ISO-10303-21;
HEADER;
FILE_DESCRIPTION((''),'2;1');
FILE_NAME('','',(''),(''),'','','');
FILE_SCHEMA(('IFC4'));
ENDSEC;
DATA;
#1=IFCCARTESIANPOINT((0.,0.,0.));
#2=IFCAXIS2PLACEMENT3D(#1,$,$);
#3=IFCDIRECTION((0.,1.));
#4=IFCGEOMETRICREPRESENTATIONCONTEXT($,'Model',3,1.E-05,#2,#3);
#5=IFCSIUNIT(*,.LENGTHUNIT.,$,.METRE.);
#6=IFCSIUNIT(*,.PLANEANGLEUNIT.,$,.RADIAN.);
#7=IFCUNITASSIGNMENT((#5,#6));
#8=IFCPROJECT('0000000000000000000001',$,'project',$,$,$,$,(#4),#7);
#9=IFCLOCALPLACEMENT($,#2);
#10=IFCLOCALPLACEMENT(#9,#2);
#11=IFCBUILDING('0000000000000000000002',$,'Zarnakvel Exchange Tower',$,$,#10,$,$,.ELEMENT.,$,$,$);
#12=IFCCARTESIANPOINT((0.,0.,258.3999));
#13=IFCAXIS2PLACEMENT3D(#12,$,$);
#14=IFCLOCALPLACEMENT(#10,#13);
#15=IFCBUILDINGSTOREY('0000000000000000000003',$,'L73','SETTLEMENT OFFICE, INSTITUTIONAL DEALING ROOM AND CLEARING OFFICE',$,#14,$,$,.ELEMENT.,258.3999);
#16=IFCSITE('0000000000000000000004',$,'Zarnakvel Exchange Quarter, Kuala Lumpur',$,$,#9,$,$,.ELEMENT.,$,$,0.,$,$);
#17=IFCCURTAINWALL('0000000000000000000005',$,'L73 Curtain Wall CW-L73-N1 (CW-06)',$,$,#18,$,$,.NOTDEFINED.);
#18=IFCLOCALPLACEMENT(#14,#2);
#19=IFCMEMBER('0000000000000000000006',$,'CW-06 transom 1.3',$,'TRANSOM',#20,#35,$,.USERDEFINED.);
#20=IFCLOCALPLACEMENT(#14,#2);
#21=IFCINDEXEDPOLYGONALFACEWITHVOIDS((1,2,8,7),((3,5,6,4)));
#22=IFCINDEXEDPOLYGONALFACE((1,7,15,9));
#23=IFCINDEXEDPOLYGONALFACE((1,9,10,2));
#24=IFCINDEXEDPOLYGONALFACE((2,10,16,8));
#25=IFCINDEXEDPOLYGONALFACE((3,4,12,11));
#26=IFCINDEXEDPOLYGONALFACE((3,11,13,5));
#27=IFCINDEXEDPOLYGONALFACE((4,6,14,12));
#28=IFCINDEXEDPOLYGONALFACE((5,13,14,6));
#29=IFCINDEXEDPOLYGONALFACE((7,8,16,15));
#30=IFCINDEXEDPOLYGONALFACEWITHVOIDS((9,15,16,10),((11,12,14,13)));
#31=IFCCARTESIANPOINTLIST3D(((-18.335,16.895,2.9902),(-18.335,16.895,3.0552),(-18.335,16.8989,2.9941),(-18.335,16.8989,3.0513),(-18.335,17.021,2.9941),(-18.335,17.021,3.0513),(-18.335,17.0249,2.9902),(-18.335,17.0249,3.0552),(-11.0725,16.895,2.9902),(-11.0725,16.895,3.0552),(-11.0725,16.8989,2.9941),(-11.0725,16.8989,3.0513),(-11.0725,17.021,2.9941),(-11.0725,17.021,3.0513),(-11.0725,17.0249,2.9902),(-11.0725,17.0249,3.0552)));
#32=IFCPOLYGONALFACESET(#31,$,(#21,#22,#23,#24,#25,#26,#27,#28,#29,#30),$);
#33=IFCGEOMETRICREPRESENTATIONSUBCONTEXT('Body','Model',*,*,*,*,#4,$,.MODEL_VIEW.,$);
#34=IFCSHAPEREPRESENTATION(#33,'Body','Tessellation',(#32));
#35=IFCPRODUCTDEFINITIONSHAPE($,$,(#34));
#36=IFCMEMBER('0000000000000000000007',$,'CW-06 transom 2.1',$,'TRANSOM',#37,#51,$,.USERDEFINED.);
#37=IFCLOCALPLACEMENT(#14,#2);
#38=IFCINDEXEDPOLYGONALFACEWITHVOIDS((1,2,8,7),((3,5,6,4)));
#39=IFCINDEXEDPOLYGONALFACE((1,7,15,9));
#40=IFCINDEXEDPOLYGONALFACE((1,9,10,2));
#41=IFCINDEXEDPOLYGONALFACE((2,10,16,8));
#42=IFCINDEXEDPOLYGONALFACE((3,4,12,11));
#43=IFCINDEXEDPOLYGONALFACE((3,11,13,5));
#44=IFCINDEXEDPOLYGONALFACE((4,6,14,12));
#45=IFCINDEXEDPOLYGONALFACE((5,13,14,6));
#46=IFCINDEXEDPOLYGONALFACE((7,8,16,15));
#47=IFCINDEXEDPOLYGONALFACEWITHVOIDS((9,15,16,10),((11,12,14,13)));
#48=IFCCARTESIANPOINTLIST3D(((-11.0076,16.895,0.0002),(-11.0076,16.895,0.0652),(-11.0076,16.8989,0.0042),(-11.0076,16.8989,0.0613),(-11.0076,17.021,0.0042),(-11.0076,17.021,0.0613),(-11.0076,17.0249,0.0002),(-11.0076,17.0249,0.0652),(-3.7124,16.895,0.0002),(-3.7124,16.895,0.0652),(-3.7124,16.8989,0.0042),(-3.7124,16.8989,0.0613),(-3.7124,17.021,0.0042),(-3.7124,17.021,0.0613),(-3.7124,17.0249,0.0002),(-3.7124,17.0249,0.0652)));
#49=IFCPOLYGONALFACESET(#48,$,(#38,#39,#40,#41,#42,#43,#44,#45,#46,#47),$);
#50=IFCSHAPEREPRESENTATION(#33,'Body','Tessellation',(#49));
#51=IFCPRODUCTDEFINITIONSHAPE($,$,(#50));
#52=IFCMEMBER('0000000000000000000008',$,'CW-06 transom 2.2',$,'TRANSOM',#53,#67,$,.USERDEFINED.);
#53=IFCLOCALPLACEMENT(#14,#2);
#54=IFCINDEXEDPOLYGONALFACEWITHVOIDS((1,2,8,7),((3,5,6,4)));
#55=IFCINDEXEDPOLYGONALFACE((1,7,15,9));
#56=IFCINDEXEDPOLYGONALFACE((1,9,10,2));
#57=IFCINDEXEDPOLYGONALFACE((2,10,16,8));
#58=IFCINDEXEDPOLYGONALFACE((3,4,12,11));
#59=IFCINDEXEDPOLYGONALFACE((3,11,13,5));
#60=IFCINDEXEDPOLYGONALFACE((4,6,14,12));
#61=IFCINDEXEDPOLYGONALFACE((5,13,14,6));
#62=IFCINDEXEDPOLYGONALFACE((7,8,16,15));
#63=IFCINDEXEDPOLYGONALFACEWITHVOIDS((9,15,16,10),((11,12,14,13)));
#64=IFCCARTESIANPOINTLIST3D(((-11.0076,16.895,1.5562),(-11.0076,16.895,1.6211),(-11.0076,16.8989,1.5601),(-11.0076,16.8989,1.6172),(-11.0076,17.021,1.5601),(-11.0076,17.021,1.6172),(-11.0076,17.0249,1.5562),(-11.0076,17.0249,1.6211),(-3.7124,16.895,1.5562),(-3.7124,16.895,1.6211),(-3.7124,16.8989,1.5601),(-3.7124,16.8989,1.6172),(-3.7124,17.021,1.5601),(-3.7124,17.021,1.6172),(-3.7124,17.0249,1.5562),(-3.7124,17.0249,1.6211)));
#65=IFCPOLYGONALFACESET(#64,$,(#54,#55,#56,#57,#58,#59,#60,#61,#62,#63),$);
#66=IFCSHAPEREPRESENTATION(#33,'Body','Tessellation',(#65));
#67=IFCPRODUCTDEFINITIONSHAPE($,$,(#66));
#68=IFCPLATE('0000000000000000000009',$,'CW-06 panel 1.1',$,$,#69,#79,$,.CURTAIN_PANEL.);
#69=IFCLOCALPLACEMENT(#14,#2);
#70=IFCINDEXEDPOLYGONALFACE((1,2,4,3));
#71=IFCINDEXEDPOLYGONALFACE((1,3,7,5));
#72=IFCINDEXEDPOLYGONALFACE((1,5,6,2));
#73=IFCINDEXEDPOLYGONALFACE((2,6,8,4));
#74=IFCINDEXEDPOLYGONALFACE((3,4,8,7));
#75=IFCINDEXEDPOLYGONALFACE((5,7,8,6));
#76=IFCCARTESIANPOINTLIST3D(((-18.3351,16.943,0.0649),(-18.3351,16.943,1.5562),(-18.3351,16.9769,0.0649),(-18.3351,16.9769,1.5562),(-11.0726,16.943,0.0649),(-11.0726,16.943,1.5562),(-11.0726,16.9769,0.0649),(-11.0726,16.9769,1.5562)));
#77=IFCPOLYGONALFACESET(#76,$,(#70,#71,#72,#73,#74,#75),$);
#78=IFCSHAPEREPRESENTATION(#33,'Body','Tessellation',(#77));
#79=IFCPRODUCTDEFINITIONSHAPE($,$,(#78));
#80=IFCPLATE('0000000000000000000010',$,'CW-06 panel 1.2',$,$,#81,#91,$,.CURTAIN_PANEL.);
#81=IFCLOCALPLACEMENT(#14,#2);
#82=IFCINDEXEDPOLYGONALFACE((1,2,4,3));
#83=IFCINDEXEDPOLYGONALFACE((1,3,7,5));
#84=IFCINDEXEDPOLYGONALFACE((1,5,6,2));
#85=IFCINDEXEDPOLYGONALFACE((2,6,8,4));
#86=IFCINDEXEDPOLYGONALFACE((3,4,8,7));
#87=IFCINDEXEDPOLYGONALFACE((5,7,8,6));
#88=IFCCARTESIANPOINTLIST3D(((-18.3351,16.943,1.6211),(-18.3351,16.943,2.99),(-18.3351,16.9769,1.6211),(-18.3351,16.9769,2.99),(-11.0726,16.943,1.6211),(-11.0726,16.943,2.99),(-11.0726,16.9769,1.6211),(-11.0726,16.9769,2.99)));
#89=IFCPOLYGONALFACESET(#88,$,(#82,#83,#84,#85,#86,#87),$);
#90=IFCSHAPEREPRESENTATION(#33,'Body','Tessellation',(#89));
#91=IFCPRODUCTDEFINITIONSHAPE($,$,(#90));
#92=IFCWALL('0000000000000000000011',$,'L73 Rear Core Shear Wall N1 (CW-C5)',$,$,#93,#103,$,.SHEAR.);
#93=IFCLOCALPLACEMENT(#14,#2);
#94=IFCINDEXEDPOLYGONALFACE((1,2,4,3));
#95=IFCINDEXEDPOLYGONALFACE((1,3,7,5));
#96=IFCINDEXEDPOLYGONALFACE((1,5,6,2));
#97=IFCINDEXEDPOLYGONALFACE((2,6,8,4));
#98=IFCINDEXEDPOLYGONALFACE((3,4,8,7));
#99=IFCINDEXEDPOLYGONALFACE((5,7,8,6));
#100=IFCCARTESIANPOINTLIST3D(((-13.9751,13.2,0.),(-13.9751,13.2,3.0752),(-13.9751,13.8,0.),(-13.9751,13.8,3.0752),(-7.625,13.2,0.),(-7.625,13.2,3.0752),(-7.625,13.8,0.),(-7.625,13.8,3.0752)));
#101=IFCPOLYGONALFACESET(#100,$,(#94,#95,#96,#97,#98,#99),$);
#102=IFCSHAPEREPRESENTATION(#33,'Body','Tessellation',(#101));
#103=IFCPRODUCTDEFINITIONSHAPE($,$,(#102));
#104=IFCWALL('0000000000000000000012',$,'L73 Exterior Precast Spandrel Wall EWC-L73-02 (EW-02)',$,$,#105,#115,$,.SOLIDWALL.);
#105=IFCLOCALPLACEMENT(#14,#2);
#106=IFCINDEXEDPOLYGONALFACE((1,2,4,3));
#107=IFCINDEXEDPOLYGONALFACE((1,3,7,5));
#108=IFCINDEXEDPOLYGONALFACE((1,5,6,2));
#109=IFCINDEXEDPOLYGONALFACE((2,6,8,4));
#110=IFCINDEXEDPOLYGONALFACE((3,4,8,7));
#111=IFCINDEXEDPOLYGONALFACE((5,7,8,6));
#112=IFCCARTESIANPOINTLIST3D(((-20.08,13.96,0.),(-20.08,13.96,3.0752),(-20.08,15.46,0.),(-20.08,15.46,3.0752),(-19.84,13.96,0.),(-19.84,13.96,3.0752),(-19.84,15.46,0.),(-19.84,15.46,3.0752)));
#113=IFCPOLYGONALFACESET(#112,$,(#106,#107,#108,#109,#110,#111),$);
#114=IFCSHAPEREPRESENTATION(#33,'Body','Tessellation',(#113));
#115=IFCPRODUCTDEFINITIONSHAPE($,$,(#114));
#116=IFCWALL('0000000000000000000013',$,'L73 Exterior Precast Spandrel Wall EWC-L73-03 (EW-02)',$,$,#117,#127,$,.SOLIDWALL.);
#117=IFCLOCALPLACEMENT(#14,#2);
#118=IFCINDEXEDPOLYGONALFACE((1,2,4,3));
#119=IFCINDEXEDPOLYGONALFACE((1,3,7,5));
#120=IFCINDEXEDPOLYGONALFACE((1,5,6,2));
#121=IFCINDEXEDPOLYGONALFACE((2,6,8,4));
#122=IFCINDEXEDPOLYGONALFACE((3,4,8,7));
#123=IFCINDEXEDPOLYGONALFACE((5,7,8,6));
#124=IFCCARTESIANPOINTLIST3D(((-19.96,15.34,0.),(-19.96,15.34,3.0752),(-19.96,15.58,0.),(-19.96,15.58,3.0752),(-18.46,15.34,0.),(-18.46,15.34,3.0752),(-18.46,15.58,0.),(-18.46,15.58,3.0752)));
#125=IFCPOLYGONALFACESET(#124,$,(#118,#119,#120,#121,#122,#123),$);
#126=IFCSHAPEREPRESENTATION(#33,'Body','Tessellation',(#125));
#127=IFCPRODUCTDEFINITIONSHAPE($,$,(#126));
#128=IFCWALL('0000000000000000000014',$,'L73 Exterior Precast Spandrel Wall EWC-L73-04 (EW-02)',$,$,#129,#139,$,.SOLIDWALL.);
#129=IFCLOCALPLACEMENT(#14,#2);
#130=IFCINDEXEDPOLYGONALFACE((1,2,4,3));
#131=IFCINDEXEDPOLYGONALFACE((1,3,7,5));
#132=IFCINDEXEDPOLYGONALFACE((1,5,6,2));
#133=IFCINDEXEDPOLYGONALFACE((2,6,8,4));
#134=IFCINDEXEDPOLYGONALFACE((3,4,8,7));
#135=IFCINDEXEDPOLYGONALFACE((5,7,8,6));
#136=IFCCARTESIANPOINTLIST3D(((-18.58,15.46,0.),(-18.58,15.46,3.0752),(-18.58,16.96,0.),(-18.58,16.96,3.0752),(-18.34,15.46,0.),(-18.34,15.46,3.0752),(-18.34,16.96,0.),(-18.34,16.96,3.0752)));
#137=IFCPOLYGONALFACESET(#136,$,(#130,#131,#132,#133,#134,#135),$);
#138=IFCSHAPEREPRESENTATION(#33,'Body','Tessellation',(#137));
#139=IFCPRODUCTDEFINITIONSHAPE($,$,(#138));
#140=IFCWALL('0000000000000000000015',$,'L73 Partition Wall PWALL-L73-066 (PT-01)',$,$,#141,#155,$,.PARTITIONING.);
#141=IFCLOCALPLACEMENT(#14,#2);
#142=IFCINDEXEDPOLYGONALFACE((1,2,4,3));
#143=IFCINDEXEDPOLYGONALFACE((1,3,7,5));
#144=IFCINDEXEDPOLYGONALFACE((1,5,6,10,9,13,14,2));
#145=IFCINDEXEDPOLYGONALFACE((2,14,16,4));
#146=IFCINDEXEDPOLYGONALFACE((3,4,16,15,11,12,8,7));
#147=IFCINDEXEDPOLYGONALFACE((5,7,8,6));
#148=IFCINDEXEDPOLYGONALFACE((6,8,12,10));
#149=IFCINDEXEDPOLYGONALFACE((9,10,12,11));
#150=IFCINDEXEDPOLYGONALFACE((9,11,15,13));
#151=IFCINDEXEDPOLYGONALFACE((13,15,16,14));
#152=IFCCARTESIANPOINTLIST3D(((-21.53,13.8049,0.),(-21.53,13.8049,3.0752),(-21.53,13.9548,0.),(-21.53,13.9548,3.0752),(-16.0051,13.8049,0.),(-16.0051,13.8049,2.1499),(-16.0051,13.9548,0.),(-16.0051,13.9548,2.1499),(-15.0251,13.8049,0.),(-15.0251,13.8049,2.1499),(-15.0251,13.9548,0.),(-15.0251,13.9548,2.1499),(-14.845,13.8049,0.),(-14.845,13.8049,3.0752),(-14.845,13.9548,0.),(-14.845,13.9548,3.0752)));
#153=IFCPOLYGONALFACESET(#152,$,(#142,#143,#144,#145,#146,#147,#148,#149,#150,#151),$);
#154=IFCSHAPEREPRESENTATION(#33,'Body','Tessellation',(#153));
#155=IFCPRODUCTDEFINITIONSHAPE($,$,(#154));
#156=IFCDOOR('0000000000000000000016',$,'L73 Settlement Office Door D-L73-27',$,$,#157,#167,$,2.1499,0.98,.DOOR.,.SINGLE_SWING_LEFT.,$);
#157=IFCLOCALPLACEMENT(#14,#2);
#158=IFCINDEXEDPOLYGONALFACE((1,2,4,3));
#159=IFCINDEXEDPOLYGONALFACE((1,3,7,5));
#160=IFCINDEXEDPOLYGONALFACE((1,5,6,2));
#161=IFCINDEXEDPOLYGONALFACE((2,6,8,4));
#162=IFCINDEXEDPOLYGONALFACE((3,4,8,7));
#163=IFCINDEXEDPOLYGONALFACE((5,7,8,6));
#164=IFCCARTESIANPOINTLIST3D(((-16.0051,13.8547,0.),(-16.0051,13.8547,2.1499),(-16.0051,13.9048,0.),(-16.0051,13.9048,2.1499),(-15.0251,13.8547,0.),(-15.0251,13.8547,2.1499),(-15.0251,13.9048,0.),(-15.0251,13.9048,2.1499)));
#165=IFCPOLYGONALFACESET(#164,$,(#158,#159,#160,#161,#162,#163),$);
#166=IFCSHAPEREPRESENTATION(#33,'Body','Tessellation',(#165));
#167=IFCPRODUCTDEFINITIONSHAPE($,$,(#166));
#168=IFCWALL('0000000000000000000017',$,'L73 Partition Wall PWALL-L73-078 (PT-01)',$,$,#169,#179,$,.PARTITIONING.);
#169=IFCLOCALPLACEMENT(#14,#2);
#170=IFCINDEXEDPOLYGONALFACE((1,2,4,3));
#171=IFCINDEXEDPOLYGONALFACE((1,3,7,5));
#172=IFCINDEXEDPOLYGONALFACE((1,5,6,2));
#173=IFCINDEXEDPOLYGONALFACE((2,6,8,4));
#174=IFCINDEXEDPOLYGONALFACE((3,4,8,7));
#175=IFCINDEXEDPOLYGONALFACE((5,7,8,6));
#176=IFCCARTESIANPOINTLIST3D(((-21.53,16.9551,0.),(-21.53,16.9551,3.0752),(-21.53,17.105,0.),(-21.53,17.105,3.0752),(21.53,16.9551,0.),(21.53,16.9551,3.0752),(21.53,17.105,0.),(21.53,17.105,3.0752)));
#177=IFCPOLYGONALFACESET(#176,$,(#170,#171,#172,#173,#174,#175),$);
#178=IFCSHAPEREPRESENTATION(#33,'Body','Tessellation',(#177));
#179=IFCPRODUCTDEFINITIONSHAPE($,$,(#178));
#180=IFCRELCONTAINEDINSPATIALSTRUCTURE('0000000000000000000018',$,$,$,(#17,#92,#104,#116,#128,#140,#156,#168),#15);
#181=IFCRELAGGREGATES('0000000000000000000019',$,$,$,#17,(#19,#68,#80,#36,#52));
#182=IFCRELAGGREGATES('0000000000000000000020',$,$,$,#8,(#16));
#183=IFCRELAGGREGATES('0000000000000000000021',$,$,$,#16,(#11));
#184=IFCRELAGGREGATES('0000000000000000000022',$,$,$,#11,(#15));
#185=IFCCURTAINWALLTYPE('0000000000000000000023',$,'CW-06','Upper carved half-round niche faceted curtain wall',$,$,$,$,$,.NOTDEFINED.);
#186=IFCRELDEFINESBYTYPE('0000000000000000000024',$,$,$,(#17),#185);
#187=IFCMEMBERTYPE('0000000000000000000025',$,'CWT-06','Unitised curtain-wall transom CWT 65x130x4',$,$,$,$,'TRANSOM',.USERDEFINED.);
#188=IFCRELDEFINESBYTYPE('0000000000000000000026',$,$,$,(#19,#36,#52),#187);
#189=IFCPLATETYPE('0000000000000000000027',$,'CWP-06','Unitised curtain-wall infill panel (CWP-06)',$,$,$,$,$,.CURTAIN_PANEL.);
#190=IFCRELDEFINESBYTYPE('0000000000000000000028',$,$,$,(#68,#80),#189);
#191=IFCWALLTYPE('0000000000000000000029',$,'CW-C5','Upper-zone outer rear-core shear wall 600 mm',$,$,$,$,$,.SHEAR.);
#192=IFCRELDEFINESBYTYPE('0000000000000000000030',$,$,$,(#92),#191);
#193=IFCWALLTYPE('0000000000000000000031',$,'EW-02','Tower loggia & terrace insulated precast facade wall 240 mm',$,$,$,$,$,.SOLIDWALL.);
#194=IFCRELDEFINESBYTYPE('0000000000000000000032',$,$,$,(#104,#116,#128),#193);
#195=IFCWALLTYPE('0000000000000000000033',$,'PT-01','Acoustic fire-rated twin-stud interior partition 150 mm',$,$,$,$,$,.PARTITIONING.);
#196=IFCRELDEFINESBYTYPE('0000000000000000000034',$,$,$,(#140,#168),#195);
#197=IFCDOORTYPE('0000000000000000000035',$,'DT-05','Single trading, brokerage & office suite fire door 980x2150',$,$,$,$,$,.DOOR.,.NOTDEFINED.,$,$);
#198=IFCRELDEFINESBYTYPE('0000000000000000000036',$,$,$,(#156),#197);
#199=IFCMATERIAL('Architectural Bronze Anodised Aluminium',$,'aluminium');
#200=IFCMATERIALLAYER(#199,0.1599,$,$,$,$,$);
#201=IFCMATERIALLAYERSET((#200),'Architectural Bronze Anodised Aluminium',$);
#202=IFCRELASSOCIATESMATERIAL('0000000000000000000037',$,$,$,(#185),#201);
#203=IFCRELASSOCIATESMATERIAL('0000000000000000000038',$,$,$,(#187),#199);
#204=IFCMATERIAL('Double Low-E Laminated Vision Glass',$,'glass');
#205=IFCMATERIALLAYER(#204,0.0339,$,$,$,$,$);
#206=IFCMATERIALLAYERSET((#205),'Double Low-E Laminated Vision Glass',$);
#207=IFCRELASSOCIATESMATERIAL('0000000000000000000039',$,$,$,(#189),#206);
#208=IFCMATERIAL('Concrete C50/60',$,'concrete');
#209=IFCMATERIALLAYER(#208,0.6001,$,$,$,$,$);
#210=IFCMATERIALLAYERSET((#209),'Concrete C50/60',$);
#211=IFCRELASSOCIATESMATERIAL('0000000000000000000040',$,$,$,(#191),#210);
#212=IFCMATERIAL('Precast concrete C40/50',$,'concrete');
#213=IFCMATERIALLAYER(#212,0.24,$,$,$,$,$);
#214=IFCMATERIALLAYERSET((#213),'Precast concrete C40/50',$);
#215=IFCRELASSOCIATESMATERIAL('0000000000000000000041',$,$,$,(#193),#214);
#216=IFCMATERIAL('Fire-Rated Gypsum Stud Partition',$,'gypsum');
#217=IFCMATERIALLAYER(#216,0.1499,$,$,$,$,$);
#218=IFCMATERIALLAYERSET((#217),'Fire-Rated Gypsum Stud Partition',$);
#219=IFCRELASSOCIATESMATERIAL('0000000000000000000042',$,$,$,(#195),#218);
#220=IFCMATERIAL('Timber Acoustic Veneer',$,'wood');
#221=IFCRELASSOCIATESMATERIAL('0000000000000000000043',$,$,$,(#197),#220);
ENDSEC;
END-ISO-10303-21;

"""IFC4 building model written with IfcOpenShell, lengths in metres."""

from ifc_helpers import new_model, si_unit, direction, frame, frame_2d, origin, origin_2d, place, context, subcontext, project, spatial, rectangle, hollow_rectangle, extrude, source, transform, mapped, material, layer, layer_set, material_profile, profile_set, type_object, element, fill, aggregate, save


model = new_model("IFC4")

# Units and contexts
model_context = context("Model", 3, precision=1e-05, world=origin(), true_north=direction((0.0, 1.0)))
body_context = subcontext(model_context, "Body", "Model", "MODEL_VIEW")
ifc_project = project(units=[si_unit("LENGTHUNIT", "METRE"), si_unit("PLANEANGLEUNIT", "RADIAN")], contexts=[model_context])

# Site, building, storey
site_placement = place(None, origin())
site = spatial("IfcSite", under=ifc_project, at=site_placement, Name="Zarnakvel Exchange Quarter, Kuala Lumpur", CompositionType="ELEMENT", RefElevation=0.0)
building_placement = place(site_placement, origin())
building = spatial("IfcBuilding", under=site, at=building_placement, Name="Zarnakvel Exchange Tower", CompositionType="ELEMENT")
storey_placement = place(building_placement, frame((0.0, 0.0, 258.3999)))
storey = spatial("IfcBuildingStorey", under=building, at=storey_placement, Name="L73", Description="SETTLEMENT OFFICE, INSTITUTIONAL DEALING ROOM AND CLEARING OFFICE", CompositionType="ELEMENT", Elevation=258.3999)

# Shared definitions
ifc_material_1 = material(Name="Concrete C50/60", Category="concrete")

# Shared definitions
ifc_material_2 = material(Name="Architectural Bronze Anodised Aluminium", Category="aluminium")

# Curtain wall, members, plates
ifc_layer_1 = layer(ifc_material_2, 0.1599)
ifc_layer_set_1 = layer_set([ifc_layer_1], Name="Architectural Bronze Anodised Aluminium")
curtain_wall_type_1 = type_object("IfcCurtainWallType", Name="CW-06", Description="Upper carved half-round niche faceted curtain wall", PredefinedType="NOTDEFINED", material=ifc_layer_set_1)
curtain_wall_1_placement = place(storey_placement, origin())
curtain_wall_1 = element("IfcCurtainWall", 1, at=curtain_wall_1_placement, inside=storey, type_object=curtain_wall_type_1, Name="L73 Curtain Wall CW-L73-N1 (CW-06)", PredefinedType="NOTDEFINED")
ifc_material_profile_1 = material_profile(ifc_material_2, hollow_rectangle(XDim=0.1299, YDim=0.0649, WallThickness=0.0039, at=origin_2d()))
ifc_profile_set_1 = profile_set([ifc_material_profile_1], Name="Architectural Bronze Anodised Aluminium")
member_type_1 = type_object("IfcMemberType", Name="CWT-06", Description="Unitised curtain-wall transom CWT 65x130x4", ElementType="TRANSOM", PredefinedType="USERDEFINED", material=ifc_profile_set_1)
shared_shape_1 = source(origin(), body_context, "Body", "SweptSolid", [
    extrude(hollow_rectangle(XDim=0.1299, YDim=0.0649, WallThickness=0.0039, at=origin_2d()), origin(), (0.0, 0.0, 1.0), 7.2625),
])
member_1_placement = place(storey_placement, frame((-18.335, 16.96, 3.0227), z_axis=(1.0, 0.0, 0.0), x_axis=(0.0, 1.0, 0.0)))
member_1 = element("IfcMember", 2, at=member_1_placement, type_object=member_type_1, Name="CW-06 transom 1.3", ObjectType="TRANSOM", PredefinedType="USERDEFINED", context=body_context, shape_type="MappedRepresentation", body=[
    mapped(shared_shape_1, transform((0.0, 0.0, 0.0), x_axis=(1.0, 0.0, 0.0), y_axis=(0.0, 1.0, 0.0), z_axis=(0.0, 0.0, 1.0), scale=1.0)),
])
shared_shape_2 = source(origin(), body_context, "Body", "SweptSolid", [
    extrude(hollow_rectangle(XDim=0.1299, YDim=0.0649, WallThickness=0.0039, at=origin_2d()), origin(), (0.0, 0.0, 1.0), 7.2952),
])
member_2_placement = place(storey_placement, frame((-11.0076, 16.96, 0.0327), z_axis=(1.0, 0.0, 0.0), x_axis=(0.0, 1.0, 0.0)))
member_2 = element("IfcMember", 3, at=member_2_placement, type_object=member_type_1, Name="CW-06 transom 2.1", ObjectType="TRANSOM", PredefinedType="USERDEFINED", context=body_context, shape_type="MappedRepresentation", body=[
    mapped(shared_shape_2, transform((0.0, 0.0, 0.0), x_axis=(1.0, 0.0, 0.0), y_axis=(0.0, 1.0, 0.0), z_axis=(0.0, 0.0, 1.0), scale=1.0)),
])
member_3_placement = place(storey_placement, frame((-11.0076, 16.96, 1.5886), z_axis=(1.0, 0.0, 0.0), x_axis=(0.0, 1.0, 0.0)))
member_3 = element("IfcMember", 4, at=member_3_placement, type_object=member_type_1, Name="CW-06 transom 2.2", ObjectType="TRANSOM", PredefinedType="USERDEFINED", context=body_context, shape_type="MappedRepresentation", body=[
    mapped(shared_shape_2, transform((0.0, 0.0, 0.0), x_axis=(1.0, 0.0, 0.0), y_axis=(0.0, 1.0, 0.0), z_axis=(0.0, 0.0, 1.0), scale=1.0)),
])
ifc_material_3 = material(Name="Double Low-E Laminated Vision Glass", Category="glass")
ifc_layer_2 = layer(ifc_material_3, 0.0339)
ifc_layer_set_2 = layer_set([ifc_layer_2], Name="Double Low-E Laminated Vision Glass")
plate_type = type_object("IfcPlateType", Name="CWP-06", Description="Unitised curtain-wall infill panel (CWP-06)", PredefinedType="CURTAIN_PANEL", material=ifc_layer_set_2)
shared_shape_3 = source(origin(), body_context, "Body", "SweptSolid", [
    extrude(rectangle(XDim=7.2625, YDim=0.0339, at=origin_2d()), origin(), (0.0, 0.0, 1.0), 1.4912),
])
plate_1_placement = place(storey_placement, frame((-14.7039, 16.96, 0.0649), z_axis=(0.0, 0.0, 1.0), x_axis=(1.0, 0.0, 0.0)))
plate_1 = element("IfcPlate", 5, at=plate_1_placement, type_object=plate_type, Name="CW-06 panel 1.1", PredefinedType="CURTAIN_PANEL", context=body_context, shape_type="MappedRepresentation", body=[
    mapped(shared_shape_3, transform((0.0, 0.0, 0.0), x_axis=(1.0, 0.0, 0.0), y_axis=(0.0, 1.0, 0.0), z_axis=(0.0, 0.0, 1.0), scale=1.0)),
])
shared_shape_4 = source(origin(), body_context, "Body", "SweptSolid", [
    extrude(rectangle(XDim=7.2625, YDim=0.0339, at=origin_2d()), origin(), (0.0, 0.0, 1.0), 1.3689),
])
plate_2_placement = place(storey_placement, frame((-14.7039, 16.96, 1.6211), z_axis=(0.0, 0.0, 1.0), x_axis=(1.0, 0.0, 0.0)))
plate_2 = element("IfcPlate", 6, at=plate_2_placement, type_object=plate_type, Name="CW-06 panel 1.2", PredefinedType="CURTAIN_PANEL", context=body_context, shape_type="MappedRepresentation", body=[
    mapped(shared_shape_4, transform((0.0, 0.0, 0.0), x_axis=(1.0, 0.0, 0.0), y_axis=(0.0, 1.0, 0.0), z_axis=(0.0, 0.0, 1.0), scale=1.0)),
])
aggregate(curtain_wall_1, [member_1, plate_1, plate_2, member_2, member_3])

# Walls
ifc_layer_3 = layer(ifc_material_1, 0.6001)
ifc_layer_set_3 = layer_set([ifc_layer_3], Name="Concrete C50/60")
wall_type_1 = type_object("IfcWallType", Name="CW-C5", Description="Upper-zone outer rear-core shear wall 600 mm", PredefinedType="SHEAR", material=ifc_layer_set_3)
wall_1_placement = place(storey_placement, frame((-13.9751, 13.5, 0.0), z_axis=(0.0, 0.0, 1.0), x_axis=(1.0, 0.0, 0.0)))
element("IfcWall", 7, at=wall_1_placement, inside=storey, type_object=wall_type_1, Name="L73 Rear Core Shear Wall N1 (CW-C5)", PredefinedType="SHEAR", context=body_context, shape_type="SweptSolid", body=[
    extrude(rectangle(XDim=6.3501, YDim=0.6001, at=frame_2d((3.175, 0.0))), origin(), (0.0, 0.0, 1.0), 3.0752),
])
ifc_material_4 = material(Name="Precast concrete C40/50", Category="concrete")
ifc_layer_4 = layer(ifc_material_4, 0.24)
ifc_layer_set_4 = layer_set([ifc_layer_4], Name="Precast concrete C40/50")
wall_type_2 = type_object("IfcWallType", Name="EW-02", Description="Tower loggia & terrace insulated precast facade wall 240 mm", PredefinedType="SOLIDWALL", material=ifc_layer_set_4)
for number, where, z_axis, x_axis, name in (
    (8, (-19.96, 15.46, 0.0), (0.0, 0.0, 1.0), (0.0, -1.0, 0.0), "L73 Exterior Precast Spandrel Wall EWC-L73-02 (EW-02)"),
    (9, (-18.46, 15.46, 0.0), (0.0, 0.0, 1.0), (-1.0, 0.0, 0.0), "L73 Exterior Precast Spandrel Wall EWC-L73-03 (EW-02)"),
    (10, (-18.46, 16.96, 0.0), (0.0, 0.0, 1.0), (0.0, -1.0, 0.0), "L73 Exterior Precast Spandrel Wall EWC-L73-04 (EW-02)"),
):
    element("IfcWall", number, at=place(storey_placement, frame(where, z_axis=z_axis, x_axis=x_axis)), inside=storey, type_object=wall_type_2, Name=name, PredefinedType="SOLIDWALL", context=body_context, shape_type="SweptSolid", body=[
        extrude(rectangle(XDim=1.5, YDim=0.24, at=frame_2d((0.75, 0.0))), origin(), (0.0, 0.0, 1.0), 3.0752),
    ])

# Wall, opening, door
ifc_material_5 = material(Name="Fire-Rated Gypsum Stud Partition", Category="gypsum")
ifc_layer_5 = layer(ifc_material_5, 0.1499)
ifc_layer_set_5 = layer_set([ifc_layer_5], Name="Fire-Rated Gypsum Stud Partition")
wall_type_3 = type_object("IfcWallType", Name="PT-01", Description="Acoustic fire-rated twin-stud interior partition 150 mm", PredefinedType="PARTITIONING", material=ifc_layer_set_5)
wall_2_placement = place(storey_placement, frame((-21.53, 13.8799, 0.0), z_axis=(0.0, 0.0, 1.0), x_axis=(1.0, 0.0, 0.0)))
wall_2 = element("IfcWall", 11, at=wall_2_placement, inside=storey, type_object=wall_type_3, Name="L73 Partition Wall PWALL-L73-066 (PT-01)", PredefinedType="PARTITIONING", context=body_context, shape_type="SweptSolid", body=[
    extrude(rectangle(XDim=6.6851, YDim=0.1499, at=frame_2d((3.3425, 0.0))), origin(), (0.0, 0.0, 1.0), 3.0752),
])
opening_placement = place(wall_2_placement, frame((5.5249, 0.0, 0.0)))
opening = element("IfcOpeningElement", 12, at=opening_placement, cuts=wall_2, PredefinedType="OPENING", context=body_context, shape_type="SweptSolid", body=[
    extrude(rectangle(XDim=0.98, YDim=2.1499, at=frame_2d((0.49, 1.075))), frame((0.0, 0.085, 0.0), z_axis=(0.0, -1.0, 0.0), x_axis=(1.0, 0.0, 0.0)), (0.0, 0.0, 1.0), 0.1699),
])
ifc_material_6 = material(Name="Timber Acoustic Veneer", Category="wood")
door_type = type_object("IfcDoorType", Name="DT-05", Description="Single trading, brokerage & office suite fire door 980x2150", OperationType="NOTDEFINED", PredefinedType="DOOR", material=ifc_material_6)
shared_shape_5 = source(origin(), body_context, "Body", "SweptSolid", [
    extrude(rectangle(XDim=0.98, YDim=2.1499, at=frame_2d((0.49, 1.075))), frame((0.0, 0.0249, 0.0), z_axis=(0.0, -1.0, 0.0), x_axis=(1.0, 0.0, 0.0)), (0.0, 0.0, 1.0), 0.05),
])
door_placement = place(opening_placement, origin())
door = element("IfcDoor", 13, at=door_placement, inside=storey, type_object=door_type, Name="L73 Settlement Office Door D-L73-27", OperationType="SINGLE_SWING_LEFT", OverallHeight=2.1499, OverallWidth=0.98, PredefinedType="DOOR", context=body_context, shape_type="MappedRepresentation", body=[
    mapped(shared_shape_5, transform((0.0, 0.0, 0.0), x_axis=(1.0, 0.0, 0.0), y_axis=(0.0, 1.0, 0.0), z_axis=(0.0, 0.0, 1.0), scale=1.0)),
])
fill(opening, door)

# Wall
wall_3_placement = place(storey_placement, frame((-21.53, 17.03, 0.0), z_axis=(0.0, 0.0, 1.0), x_axis=(1.0, 0.0, 0.0)))
element("IfcWall", 14, at=wall_3_placement, inside=storey, type_object=wall_type_3, Name="L73 Partition Wall PWALL-L73-078 (PT-01)", PredefinedType="PARTITIONING", context=body_context, shape_type="SweptSolid", body=[
    extrude(rectangle(XDim=43.0601, YDim=0.1499, at=frame_2d((21.53, 0.0))), origin(), (0.0, 0.0, 1.0), 3.0752),
])

save(model, "model.ifc")
